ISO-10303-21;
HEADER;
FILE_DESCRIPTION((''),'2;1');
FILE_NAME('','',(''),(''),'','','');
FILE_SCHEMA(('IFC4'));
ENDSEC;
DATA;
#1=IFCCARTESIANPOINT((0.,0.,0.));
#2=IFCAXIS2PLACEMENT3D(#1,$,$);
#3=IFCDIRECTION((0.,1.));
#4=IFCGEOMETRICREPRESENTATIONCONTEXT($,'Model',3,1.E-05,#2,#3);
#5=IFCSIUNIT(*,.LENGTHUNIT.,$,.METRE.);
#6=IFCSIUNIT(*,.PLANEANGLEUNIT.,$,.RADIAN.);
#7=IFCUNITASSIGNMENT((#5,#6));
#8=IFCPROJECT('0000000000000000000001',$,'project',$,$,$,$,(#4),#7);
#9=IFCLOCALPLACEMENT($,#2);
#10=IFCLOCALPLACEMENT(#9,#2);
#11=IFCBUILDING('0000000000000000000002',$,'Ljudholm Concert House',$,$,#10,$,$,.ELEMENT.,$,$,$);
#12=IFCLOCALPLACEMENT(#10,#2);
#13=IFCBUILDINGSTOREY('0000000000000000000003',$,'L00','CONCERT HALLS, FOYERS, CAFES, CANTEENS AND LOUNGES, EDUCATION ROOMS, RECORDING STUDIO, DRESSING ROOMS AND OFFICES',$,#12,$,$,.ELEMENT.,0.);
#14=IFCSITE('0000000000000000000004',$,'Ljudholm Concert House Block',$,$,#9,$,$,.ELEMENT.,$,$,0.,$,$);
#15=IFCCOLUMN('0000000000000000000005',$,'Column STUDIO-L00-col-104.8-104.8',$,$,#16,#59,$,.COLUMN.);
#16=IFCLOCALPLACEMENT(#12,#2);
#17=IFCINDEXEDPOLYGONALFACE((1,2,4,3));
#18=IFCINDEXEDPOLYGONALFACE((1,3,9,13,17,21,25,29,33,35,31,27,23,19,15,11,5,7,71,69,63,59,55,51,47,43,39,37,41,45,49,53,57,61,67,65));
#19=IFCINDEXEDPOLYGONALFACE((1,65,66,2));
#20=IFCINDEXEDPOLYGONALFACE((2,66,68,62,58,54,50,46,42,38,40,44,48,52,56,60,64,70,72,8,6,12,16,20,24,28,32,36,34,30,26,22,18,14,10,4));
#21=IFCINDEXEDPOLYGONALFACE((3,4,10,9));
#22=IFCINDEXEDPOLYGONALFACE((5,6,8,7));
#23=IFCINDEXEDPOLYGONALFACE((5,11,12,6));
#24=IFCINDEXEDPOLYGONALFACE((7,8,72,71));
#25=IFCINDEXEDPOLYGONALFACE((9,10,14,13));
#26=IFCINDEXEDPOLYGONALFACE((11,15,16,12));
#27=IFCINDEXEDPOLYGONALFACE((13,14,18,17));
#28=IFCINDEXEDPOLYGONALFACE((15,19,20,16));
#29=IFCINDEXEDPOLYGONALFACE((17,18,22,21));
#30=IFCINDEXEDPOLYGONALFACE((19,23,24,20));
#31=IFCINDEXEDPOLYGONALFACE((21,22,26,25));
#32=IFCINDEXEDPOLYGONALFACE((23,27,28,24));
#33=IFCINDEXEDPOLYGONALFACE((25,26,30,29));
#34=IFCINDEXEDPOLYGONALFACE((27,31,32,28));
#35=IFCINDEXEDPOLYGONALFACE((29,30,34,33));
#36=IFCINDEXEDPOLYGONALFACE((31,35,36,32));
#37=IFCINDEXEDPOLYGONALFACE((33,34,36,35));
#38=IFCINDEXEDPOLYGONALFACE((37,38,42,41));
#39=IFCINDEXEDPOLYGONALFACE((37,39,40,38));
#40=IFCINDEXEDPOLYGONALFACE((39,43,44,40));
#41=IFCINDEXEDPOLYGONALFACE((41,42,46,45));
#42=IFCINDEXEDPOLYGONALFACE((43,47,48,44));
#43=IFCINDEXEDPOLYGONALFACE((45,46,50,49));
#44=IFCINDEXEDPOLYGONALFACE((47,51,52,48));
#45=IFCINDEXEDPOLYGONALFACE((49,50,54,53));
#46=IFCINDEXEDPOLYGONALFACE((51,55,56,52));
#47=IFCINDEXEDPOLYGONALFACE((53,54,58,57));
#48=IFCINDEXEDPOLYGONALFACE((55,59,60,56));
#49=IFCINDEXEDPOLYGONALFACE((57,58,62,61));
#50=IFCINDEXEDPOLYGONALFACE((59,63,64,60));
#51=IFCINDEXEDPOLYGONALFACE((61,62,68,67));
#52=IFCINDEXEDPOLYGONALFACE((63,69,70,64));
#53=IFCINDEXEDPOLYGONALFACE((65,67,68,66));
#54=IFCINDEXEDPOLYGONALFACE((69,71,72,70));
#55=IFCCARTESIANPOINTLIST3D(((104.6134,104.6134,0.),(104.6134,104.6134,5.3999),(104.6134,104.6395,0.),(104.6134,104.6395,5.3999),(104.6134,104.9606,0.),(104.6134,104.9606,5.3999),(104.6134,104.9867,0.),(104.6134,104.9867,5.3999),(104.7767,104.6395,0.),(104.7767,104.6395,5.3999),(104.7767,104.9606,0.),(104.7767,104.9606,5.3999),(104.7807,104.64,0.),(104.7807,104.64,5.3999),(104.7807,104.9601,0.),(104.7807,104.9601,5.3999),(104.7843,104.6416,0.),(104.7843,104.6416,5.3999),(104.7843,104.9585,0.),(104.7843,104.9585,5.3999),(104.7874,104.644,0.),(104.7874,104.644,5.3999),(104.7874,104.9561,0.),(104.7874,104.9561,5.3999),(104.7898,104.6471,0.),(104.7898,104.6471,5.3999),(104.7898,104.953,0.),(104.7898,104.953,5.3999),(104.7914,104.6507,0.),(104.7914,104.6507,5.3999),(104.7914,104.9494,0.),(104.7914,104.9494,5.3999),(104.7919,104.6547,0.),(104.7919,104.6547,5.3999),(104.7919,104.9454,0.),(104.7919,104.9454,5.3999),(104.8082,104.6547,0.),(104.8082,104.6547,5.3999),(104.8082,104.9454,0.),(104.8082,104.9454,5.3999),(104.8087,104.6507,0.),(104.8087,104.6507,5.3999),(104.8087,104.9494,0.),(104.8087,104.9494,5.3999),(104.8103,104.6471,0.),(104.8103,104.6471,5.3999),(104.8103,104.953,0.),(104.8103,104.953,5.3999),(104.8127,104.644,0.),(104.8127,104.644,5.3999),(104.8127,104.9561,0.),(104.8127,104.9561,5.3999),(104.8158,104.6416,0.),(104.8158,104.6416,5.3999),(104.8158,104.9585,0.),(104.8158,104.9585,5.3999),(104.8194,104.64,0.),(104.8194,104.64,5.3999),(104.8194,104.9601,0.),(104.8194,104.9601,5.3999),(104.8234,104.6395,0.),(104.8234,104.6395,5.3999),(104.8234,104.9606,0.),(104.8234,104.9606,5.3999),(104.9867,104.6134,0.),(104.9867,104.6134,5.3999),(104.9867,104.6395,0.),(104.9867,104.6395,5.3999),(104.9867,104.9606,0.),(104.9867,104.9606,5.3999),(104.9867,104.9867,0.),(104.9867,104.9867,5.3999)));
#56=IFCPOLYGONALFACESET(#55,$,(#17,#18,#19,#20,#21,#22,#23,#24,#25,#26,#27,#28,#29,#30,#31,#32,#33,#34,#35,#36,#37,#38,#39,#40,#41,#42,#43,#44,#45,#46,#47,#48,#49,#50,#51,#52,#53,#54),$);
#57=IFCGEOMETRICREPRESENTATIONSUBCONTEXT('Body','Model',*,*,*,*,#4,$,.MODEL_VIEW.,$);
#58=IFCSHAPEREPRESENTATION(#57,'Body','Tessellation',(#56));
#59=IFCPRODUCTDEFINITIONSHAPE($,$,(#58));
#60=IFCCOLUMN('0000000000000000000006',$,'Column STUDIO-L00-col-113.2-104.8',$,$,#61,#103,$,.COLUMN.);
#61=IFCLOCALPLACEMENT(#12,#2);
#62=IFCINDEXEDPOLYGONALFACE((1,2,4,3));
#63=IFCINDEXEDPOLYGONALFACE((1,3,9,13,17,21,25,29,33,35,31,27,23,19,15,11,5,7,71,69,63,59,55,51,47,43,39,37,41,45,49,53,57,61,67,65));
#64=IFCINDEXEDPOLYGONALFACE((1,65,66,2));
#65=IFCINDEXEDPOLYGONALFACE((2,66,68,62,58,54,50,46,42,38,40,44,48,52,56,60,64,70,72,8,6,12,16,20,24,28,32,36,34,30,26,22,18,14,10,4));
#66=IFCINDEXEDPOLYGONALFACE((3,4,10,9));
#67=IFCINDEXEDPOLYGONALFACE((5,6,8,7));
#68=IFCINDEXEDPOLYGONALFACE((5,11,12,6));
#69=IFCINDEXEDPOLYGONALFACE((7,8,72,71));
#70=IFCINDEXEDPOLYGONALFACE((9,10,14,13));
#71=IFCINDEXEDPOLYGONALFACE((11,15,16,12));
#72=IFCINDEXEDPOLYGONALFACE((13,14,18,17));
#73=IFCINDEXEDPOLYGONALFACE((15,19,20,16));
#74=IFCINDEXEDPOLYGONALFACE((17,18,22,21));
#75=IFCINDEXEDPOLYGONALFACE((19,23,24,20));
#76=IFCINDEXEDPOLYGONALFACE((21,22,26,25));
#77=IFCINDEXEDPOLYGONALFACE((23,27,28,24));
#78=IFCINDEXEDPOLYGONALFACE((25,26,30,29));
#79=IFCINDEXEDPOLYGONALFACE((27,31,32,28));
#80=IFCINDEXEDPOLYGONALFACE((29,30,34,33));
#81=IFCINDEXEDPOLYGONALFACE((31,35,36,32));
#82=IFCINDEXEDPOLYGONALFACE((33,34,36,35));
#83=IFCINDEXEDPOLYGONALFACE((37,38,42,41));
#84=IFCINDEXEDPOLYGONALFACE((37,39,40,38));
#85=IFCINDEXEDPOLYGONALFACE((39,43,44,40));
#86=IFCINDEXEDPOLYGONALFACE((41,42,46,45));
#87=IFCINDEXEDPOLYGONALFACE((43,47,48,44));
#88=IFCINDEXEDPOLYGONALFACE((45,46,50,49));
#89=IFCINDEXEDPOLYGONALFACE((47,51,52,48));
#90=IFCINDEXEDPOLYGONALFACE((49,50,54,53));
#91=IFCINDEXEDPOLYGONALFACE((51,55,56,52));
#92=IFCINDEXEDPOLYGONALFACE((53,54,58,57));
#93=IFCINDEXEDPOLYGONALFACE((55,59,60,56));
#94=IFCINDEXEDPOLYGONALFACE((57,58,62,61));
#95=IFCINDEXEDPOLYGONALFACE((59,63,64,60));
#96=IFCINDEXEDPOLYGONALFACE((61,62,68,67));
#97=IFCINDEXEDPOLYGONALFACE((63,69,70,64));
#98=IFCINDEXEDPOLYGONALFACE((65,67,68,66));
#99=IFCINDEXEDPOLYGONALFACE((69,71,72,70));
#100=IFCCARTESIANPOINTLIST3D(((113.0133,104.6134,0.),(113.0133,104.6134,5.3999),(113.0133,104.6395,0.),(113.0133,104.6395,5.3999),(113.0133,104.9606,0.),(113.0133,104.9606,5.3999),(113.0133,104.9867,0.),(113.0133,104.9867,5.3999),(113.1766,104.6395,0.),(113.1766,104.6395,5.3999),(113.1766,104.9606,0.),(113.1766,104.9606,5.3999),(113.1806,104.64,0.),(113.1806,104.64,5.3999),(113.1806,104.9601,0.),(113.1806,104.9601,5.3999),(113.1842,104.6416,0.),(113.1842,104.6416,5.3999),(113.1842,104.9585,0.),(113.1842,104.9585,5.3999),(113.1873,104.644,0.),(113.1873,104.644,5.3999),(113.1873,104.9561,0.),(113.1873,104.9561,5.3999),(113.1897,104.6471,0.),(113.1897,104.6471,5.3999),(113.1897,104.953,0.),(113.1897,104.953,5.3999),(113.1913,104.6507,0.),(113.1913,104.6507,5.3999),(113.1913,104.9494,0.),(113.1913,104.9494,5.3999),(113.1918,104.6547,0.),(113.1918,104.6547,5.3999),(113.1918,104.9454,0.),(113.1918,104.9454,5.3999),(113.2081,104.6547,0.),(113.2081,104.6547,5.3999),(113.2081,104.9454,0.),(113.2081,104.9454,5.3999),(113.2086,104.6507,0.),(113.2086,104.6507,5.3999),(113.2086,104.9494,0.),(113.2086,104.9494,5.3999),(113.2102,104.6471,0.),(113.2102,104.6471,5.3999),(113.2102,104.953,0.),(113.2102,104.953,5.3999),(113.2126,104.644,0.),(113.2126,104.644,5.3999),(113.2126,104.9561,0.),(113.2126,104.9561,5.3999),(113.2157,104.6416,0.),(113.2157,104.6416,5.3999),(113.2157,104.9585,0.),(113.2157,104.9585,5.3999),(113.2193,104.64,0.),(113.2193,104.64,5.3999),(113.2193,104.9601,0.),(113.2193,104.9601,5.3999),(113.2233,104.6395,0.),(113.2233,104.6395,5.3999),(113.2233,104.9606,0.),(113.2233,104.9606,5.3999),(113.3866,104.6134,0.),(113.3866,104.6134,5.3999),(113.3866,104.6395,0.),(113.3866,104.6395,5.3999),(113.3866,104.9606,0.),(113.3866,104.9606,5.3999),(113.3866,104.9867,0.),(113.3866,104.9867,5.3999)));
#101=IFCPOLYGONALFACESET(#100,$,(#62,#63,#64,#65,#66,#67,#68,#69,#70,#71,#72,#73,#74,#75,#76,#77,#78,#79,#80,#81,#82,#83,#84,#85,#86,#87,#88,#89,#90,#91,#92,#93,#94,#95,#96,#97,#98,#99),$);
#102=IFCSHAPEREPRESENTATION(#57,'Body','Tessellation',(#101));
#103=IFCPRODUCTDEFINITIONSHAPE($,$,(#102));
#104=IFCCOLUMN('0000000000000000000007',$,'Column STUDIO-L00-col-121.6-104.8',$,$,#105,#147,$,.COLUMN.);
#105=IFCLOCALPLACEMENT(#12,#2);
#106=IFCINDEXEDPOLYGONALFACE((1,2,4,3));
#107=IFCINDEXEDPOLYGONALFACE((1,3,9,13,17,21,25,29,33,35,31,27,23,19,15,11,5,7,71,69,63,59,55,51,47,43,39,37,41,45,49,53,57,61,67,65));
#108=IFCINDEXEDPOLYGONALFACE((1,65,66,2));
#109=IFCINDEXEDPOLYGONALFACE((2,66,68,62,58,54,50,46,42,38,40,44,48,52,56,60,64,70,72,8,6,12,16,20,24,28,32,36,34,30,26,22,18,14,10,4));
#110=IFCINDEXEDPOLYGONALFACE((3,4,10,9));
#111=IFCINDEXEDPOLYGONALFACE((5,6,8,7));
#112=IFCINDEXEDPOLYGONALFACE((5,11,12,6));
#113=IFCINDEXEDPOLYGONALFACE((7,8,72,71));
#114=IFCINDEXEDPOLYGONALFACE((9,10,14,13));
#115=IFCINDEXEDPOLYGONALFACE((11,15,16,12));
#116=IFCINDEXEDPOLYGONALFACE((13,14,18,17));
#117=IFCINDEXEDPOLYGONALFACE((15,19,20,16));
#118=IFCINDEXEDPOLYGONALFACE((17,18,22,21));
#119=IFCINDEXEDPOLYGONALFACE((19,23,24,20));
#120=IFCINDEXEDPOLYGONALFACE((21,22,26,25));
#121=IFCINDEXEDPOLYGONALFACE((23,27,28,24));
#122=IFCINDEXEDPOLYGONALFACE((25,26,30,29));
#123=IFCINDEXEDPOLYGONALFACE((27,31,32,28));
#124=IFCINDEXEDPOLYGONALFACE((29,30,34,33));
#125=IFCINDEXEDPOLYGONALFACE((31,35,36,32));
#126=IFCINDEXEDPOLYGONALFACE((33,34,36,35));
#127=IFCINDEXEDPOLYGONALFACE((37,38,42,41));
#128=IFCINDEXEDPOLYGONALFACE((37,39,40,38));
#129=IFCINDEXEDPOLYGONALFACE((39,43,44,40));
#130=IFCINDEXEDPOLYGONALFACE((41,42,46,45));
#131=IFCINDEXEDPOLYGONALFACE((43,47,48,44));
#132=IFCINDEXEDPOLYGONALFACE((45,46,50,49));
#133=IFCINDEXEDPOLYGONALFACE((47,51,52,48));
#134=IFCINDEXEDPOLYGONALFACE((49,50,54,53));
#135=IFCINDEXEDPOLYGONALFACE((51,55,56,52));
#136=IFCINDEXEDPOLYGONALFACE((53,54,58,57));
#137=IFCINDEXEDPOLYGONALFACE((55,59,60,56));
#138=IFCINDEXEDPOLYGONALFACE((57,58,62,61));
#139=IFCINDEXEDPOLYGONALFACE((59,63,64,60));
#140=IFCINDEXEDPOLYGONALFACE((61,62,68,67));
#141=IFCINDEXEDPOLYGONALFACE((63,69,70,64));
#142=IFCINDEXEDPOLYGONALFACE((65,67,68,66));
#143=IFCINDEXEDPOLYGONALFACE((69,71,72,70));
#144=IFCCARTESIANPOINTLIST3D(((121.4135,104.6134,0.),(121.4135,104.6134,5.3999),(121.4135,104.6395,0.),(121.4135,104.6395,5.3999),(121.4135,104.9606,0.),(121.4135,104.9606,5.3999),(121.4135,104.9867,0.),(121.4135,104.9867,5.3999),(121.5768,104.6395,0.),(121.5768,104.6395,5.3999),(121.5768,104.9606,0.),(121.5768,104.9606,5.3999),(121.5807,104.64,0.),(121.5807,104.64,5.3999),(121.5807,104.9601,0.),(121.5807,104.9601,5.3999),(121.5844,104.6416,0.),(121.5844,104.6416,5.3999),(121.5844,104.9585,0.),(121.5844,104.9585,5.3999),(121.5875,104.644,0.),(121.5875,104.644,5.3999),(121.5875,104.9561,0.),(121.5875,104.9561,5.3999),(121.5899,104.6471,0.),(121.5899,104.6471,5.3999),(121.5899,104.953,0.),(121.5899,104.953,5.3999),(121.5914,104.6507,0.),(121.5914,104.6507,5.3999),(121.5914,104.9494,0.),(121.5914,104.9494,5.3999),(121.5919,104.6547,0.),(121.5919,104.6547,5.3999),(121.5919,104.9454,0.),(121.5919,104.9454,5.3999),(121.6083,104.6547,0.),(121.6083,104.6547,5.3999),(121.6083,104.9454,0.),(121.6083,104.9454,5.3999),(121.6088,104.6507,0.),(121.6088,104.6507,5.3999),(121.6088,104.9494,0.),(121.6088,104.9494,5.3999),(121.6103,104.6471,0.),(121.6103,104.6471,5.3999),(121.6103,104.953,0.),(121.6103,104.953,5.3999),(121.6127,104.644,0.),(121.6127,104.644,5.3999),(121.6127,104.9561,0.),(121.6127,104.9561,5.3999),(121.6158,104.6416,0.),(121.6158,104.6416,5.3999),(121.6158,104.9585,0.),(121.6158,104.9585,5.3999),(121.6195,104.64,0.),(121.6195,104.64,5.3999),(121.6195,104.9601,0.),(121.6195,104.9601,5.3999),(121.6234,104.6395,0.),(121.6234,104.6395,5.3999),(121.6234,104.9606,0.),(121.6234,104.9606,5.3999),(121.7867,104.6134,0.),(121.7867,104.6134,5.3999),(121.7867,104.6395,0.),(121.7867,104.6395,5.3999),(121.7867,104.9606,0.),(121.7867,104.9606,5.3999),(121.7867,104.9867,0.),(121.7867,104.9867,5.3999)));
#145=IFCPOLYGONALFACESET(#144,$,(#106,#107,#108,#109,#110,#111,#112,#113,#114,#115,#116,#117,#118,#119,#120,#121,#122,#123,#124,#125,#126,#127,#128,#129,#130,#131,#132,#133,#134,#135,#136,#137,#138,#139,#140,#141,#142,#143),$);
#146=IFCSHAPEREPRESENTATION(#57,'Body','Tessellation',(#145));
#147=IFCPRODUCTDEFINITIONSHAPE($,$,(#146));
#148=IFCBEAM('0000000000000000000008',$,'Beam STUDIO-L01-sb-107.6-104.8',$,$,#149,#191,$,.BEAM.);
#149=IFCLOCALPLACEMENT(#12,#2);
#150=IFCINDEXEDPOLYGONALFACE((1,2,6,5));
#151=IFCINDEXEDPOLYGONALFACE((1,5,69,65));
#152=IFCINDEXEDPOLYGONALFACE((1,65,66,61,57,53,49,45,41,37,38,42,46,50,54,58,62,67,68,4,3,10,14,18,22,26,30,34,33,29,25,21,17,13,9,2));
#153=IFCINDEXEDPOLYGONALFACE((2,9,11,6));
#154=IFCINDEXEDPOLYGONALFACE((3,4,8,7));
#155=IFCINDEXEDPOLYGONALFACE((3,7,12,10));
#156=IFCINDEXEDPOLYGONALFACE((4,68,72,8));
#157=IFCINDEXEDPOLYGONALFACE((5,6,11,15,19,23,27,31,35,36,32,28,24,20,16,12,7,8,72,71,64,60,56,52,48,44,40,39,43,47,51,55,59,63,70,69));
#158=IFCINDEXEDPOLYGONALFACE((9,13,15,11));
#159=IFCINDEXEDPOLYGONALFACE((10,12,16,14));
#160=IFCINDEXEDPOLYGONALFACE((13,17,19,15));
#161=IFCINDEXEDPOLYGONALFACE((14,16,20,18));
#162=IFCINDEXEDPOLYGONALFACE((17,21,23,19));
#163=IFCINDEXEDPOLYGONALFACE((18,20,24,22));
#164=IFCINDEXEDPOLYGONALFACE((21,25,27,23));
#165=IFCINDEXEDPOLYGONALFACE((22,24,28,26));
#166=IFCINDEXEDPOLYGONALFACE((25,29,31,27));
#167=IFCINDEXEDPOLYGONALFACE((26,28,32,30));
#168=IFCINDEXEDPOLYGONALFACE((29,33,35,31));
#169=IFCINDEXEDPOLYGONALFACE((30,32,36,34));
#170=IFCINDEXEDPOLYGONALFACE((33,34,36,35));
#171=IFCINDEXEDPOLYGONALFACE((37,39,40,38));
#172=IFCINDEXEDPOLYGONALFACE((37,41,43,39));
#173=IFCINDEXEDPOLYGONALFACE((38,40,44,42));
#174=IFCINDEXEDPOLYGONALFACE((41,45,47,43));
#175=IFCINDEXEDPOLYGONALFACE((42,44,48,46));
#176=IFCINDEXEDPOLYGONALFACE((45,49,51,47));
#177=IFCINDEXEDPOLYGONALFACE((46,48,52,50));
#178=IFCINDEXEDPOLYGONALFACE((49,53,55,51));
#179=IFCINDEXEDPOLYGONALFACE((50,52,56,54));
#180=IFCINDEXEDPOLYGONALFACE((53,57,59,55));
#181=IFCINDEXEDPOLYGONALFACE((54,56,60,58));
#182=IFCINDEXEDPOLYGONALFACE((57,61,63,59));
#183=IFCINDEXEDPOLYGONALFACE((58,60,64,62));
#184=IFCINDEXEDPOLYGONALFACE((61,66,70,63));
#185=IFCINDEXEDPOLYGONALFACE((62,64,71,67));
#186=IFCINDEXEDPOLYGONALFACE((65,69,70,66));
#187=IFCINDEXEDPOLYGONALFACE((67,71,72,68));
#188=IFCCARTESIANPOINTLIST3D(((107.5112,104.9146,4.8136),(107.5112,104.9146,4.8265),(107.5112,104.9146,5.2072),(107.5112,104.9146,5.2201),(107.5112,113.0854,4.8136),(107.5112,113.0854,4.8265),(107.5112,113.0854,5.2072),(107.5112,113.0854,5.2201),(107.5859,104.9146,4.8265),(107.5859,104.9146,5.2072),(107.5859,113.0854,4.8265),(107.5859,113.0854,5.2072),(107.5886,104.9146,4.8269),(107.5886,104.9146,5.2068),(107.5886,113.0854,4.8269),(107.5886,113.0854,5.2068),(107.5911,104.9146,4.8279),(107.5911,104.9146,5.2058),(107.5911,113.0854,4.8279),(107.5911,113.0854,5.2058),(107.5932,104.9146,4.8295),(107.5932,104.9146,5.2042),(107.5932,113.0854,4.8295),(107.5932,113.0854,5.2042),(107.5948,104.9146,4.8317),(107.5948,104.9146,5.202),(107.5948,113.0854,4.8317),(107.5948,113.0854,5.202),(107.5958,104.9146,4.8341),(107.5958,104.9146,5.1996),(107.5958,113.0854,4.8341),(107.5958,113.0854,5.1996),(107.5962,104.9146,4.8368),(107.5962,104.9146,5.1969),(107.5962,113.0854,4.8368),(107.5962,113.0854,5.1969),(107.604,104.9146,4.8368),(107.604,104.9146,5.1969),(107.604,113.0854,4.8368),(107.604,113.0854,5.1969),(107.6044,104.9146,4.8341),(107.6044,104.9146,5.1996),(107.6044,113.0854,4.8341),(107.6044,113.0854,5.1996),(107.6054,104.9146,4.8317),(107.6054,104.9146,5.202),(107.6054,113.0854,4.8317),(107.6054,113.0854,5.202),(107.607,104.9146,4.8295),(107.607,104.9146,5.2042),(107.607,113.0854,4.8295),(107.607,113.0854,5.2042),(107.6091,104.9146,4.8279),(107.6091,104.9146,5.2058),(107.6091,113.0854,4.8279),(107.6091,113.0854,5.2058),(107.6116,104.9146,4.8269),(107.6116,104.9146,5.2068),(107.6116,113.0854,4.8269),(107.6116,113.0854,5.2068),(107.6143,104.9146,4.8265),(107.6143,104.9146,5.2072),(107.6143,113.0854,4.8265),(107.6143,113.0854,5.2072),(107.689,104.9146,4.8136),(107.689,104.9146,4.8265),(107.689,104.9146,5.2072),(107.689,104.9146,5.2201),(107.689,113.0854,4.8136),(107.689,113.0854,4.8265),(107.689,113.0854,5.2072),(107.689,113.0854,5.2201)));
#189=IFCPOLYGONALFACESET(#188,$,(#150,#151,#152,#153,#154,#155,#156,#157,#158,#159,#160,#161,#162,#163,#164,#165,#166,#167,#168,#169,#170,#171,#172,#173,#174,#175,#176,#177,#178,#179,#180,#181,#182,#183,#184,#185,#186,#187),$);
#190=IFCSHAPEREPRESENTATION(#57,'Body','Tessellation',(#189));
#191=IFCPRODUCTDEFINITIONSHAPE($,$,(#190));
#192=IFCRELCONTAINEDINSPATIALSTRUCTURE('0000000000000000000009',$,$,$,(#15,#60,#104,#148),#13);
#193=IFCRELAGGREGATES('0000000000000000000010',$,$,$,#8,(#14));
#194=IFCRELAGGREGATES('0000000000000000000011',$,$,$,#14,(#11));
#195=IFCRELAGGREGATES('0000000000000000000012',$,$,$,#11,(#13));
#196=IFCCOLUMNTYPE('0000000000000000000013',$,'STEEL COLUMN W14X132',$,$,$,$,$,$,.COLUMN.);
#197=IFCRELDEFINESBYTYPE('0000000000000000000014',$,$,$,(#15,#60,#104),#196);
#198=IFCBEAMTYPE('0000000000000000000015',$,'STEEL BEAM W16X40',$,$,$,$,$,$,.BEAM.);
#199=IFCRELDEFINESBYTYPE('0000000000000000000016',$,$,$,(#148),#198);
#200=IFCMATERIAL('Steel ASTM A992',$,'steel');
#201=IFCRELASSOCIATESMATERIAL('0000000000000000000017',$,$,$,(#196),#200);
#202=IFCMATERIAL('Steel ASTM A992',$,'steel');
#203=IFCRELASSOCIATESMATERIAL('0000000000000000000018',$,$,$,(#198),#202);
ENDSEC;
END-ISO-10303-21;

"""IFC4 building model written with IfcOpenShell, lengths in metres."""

from ifc_helpers import new_model, si_unit, direction, frame, origin, origin_2d, place, context, subcontext, project, spatial, i_section, extrude, material, material_profile, profile_set, type_object, element, save


model = new_model("IFC4")

# Units and contexts
model_context = context("Model", 3, precision=1e-05, world=origin(), true_north=direction((0.0, 1.0)))
body_context = subcontext(model_context, "Body", "Model", "MODEL_VIEW")
ifc_project = project(units=[si_unit("LENGTHUNIT", "METRE"), si_unit("PLANEANGLEUNIT", "RADIAN")], contexts=[model_context])

# Site, building, storey
site_placement = place(None, origin())
site = spatial("IfcSite", under=ifc_project, at=site_placement, Name="Ljudholm Concert House Block", CompositionType="ELEMENT", RefElevation=0.0)
building_placement = place(site_placement, origin())
building = spatial("IfcBuilding", under=site, at=building_placement, Name="Ljudholm Concert House", CompositionType="ELEMENT")
storey_placement = place(building_placement, origin())
storey = spatial("IfcBuildingStorey", under=building, at=storey_placement, Name="L00", Description="CONCERT HALLS, FOYERS, CAFES, CANTEENS AND LOUNGES, EDUCATION ROOMS, RECORDING STUDIO, DRESSING ROOMS AND OFFICES", CompositionType="ELEMENT", Elevation=0.0)

# Columns
ifc_material_1 = material(Name="Steel ASTM A992", Category="steel")
ifc_material_profile_1 = material_profile(ifc_material_1, i_section(OverallWidth=0.3733, OverallDepth=0.3733, WebThickness=0.0164, FlangeThickness=0.0261, FilletRadius=0.0151, at=origin_2d()), Name="W14X132")
ifc_profile_set_1 = profile_set([ifc_material_profile_1], Name="Steel ASTM A992")
column_type = type_object("IfcColumnType", Name="STEEL COLUMN W14X132", PredefinedType="COLUMN", material=ifc_profile_set_1)
for number, where, z_axis, x_axis, name in (
    (1, (104.8, 104.8, 0.0), (0.0, 0.0, 1.0), (1.0, 0.0, 0.0), "Column STUDIO-L00-col-104.8-104.8"),
    (2, (113.2, 104.8, 0.0), (0.0, 0.0, 1.0), (1.0, 0.0, 0.0), "Column STUDIO-L00-col-113.2-104.8"),
    (3, (121.6001, 104.8, 0.0), (0.0, 0.0, 1.0), (1.0, 0.0, 0.0), "Column STUDIO-L00-col-121.6-104.8"),
):
    element("IfcColumn", number, at=place(storey_placement, frame(where, z_axis=z_axis, x_axis=x_axis)), inside=storey, type_object=column_type, Name=name, PredefinedType="COLUMN", context=body_context, shape_type="SweptSolid", body=[
        extrude(i_section(OverallWidth=0.3733, OverallDepth=0.3733, WebThickness=0.0164, FlangeThickness=0.0261, FilletRadius=0.0151, at=origin_2d()), origin(), (0.0, 0.0, 1.0), 5.3999),
    ])

# Beam
ifc_material_2 = material(Name="Steel ASTM A992", Category="steel")
ifc_material_profile_2 = material_profile(ifc_material_2, i_section(OverallWidth=0.1777, OverallDepth=0.4065, WebThickness=0.0078, FlangeThickness=0.0129, FilletRadius=0.0103, at=origin_2d()), Name="W16X40")
ifc_profile_set_2 = profile_set([ifc_material_profile_2], Name="Steel ASTM A992")
beam_type_1 = type_object("IfcBeamType", Name="STEEL BEAM W16X40", PredefinedType="BEAM", material=ifc_profile_set_2)
for number, where, z_axis, x_axis, name in (
    (4, (107.6001, 104.9146, 5.0168), (0.0, 1.0, 0.0), (-1.0, 0.0, 0.0), "Beam STUDIO-L01-sb-107.6-104.8"),
):
    element("IfcBeam", number, at=place(storey_placement, frame(where, z_axis=z_axis, x_axis=x_axis)), inside=storey, type_object=beam_type_1, Name=name, PredefinedType="BEAM", context=body_context, shape_type="SweptSolid", body=[
        extrude(i_section(OverallWidth=0.1777, OverallDepth=0.4065, WebThickness=0.0078, FlangeThickness=0.0129, FilletRadius=0.0103, at=origin_2d()), origin(), (0.0, 0.0, 1.0), 8.1709),
    ])

save(model, "model.ifc")
